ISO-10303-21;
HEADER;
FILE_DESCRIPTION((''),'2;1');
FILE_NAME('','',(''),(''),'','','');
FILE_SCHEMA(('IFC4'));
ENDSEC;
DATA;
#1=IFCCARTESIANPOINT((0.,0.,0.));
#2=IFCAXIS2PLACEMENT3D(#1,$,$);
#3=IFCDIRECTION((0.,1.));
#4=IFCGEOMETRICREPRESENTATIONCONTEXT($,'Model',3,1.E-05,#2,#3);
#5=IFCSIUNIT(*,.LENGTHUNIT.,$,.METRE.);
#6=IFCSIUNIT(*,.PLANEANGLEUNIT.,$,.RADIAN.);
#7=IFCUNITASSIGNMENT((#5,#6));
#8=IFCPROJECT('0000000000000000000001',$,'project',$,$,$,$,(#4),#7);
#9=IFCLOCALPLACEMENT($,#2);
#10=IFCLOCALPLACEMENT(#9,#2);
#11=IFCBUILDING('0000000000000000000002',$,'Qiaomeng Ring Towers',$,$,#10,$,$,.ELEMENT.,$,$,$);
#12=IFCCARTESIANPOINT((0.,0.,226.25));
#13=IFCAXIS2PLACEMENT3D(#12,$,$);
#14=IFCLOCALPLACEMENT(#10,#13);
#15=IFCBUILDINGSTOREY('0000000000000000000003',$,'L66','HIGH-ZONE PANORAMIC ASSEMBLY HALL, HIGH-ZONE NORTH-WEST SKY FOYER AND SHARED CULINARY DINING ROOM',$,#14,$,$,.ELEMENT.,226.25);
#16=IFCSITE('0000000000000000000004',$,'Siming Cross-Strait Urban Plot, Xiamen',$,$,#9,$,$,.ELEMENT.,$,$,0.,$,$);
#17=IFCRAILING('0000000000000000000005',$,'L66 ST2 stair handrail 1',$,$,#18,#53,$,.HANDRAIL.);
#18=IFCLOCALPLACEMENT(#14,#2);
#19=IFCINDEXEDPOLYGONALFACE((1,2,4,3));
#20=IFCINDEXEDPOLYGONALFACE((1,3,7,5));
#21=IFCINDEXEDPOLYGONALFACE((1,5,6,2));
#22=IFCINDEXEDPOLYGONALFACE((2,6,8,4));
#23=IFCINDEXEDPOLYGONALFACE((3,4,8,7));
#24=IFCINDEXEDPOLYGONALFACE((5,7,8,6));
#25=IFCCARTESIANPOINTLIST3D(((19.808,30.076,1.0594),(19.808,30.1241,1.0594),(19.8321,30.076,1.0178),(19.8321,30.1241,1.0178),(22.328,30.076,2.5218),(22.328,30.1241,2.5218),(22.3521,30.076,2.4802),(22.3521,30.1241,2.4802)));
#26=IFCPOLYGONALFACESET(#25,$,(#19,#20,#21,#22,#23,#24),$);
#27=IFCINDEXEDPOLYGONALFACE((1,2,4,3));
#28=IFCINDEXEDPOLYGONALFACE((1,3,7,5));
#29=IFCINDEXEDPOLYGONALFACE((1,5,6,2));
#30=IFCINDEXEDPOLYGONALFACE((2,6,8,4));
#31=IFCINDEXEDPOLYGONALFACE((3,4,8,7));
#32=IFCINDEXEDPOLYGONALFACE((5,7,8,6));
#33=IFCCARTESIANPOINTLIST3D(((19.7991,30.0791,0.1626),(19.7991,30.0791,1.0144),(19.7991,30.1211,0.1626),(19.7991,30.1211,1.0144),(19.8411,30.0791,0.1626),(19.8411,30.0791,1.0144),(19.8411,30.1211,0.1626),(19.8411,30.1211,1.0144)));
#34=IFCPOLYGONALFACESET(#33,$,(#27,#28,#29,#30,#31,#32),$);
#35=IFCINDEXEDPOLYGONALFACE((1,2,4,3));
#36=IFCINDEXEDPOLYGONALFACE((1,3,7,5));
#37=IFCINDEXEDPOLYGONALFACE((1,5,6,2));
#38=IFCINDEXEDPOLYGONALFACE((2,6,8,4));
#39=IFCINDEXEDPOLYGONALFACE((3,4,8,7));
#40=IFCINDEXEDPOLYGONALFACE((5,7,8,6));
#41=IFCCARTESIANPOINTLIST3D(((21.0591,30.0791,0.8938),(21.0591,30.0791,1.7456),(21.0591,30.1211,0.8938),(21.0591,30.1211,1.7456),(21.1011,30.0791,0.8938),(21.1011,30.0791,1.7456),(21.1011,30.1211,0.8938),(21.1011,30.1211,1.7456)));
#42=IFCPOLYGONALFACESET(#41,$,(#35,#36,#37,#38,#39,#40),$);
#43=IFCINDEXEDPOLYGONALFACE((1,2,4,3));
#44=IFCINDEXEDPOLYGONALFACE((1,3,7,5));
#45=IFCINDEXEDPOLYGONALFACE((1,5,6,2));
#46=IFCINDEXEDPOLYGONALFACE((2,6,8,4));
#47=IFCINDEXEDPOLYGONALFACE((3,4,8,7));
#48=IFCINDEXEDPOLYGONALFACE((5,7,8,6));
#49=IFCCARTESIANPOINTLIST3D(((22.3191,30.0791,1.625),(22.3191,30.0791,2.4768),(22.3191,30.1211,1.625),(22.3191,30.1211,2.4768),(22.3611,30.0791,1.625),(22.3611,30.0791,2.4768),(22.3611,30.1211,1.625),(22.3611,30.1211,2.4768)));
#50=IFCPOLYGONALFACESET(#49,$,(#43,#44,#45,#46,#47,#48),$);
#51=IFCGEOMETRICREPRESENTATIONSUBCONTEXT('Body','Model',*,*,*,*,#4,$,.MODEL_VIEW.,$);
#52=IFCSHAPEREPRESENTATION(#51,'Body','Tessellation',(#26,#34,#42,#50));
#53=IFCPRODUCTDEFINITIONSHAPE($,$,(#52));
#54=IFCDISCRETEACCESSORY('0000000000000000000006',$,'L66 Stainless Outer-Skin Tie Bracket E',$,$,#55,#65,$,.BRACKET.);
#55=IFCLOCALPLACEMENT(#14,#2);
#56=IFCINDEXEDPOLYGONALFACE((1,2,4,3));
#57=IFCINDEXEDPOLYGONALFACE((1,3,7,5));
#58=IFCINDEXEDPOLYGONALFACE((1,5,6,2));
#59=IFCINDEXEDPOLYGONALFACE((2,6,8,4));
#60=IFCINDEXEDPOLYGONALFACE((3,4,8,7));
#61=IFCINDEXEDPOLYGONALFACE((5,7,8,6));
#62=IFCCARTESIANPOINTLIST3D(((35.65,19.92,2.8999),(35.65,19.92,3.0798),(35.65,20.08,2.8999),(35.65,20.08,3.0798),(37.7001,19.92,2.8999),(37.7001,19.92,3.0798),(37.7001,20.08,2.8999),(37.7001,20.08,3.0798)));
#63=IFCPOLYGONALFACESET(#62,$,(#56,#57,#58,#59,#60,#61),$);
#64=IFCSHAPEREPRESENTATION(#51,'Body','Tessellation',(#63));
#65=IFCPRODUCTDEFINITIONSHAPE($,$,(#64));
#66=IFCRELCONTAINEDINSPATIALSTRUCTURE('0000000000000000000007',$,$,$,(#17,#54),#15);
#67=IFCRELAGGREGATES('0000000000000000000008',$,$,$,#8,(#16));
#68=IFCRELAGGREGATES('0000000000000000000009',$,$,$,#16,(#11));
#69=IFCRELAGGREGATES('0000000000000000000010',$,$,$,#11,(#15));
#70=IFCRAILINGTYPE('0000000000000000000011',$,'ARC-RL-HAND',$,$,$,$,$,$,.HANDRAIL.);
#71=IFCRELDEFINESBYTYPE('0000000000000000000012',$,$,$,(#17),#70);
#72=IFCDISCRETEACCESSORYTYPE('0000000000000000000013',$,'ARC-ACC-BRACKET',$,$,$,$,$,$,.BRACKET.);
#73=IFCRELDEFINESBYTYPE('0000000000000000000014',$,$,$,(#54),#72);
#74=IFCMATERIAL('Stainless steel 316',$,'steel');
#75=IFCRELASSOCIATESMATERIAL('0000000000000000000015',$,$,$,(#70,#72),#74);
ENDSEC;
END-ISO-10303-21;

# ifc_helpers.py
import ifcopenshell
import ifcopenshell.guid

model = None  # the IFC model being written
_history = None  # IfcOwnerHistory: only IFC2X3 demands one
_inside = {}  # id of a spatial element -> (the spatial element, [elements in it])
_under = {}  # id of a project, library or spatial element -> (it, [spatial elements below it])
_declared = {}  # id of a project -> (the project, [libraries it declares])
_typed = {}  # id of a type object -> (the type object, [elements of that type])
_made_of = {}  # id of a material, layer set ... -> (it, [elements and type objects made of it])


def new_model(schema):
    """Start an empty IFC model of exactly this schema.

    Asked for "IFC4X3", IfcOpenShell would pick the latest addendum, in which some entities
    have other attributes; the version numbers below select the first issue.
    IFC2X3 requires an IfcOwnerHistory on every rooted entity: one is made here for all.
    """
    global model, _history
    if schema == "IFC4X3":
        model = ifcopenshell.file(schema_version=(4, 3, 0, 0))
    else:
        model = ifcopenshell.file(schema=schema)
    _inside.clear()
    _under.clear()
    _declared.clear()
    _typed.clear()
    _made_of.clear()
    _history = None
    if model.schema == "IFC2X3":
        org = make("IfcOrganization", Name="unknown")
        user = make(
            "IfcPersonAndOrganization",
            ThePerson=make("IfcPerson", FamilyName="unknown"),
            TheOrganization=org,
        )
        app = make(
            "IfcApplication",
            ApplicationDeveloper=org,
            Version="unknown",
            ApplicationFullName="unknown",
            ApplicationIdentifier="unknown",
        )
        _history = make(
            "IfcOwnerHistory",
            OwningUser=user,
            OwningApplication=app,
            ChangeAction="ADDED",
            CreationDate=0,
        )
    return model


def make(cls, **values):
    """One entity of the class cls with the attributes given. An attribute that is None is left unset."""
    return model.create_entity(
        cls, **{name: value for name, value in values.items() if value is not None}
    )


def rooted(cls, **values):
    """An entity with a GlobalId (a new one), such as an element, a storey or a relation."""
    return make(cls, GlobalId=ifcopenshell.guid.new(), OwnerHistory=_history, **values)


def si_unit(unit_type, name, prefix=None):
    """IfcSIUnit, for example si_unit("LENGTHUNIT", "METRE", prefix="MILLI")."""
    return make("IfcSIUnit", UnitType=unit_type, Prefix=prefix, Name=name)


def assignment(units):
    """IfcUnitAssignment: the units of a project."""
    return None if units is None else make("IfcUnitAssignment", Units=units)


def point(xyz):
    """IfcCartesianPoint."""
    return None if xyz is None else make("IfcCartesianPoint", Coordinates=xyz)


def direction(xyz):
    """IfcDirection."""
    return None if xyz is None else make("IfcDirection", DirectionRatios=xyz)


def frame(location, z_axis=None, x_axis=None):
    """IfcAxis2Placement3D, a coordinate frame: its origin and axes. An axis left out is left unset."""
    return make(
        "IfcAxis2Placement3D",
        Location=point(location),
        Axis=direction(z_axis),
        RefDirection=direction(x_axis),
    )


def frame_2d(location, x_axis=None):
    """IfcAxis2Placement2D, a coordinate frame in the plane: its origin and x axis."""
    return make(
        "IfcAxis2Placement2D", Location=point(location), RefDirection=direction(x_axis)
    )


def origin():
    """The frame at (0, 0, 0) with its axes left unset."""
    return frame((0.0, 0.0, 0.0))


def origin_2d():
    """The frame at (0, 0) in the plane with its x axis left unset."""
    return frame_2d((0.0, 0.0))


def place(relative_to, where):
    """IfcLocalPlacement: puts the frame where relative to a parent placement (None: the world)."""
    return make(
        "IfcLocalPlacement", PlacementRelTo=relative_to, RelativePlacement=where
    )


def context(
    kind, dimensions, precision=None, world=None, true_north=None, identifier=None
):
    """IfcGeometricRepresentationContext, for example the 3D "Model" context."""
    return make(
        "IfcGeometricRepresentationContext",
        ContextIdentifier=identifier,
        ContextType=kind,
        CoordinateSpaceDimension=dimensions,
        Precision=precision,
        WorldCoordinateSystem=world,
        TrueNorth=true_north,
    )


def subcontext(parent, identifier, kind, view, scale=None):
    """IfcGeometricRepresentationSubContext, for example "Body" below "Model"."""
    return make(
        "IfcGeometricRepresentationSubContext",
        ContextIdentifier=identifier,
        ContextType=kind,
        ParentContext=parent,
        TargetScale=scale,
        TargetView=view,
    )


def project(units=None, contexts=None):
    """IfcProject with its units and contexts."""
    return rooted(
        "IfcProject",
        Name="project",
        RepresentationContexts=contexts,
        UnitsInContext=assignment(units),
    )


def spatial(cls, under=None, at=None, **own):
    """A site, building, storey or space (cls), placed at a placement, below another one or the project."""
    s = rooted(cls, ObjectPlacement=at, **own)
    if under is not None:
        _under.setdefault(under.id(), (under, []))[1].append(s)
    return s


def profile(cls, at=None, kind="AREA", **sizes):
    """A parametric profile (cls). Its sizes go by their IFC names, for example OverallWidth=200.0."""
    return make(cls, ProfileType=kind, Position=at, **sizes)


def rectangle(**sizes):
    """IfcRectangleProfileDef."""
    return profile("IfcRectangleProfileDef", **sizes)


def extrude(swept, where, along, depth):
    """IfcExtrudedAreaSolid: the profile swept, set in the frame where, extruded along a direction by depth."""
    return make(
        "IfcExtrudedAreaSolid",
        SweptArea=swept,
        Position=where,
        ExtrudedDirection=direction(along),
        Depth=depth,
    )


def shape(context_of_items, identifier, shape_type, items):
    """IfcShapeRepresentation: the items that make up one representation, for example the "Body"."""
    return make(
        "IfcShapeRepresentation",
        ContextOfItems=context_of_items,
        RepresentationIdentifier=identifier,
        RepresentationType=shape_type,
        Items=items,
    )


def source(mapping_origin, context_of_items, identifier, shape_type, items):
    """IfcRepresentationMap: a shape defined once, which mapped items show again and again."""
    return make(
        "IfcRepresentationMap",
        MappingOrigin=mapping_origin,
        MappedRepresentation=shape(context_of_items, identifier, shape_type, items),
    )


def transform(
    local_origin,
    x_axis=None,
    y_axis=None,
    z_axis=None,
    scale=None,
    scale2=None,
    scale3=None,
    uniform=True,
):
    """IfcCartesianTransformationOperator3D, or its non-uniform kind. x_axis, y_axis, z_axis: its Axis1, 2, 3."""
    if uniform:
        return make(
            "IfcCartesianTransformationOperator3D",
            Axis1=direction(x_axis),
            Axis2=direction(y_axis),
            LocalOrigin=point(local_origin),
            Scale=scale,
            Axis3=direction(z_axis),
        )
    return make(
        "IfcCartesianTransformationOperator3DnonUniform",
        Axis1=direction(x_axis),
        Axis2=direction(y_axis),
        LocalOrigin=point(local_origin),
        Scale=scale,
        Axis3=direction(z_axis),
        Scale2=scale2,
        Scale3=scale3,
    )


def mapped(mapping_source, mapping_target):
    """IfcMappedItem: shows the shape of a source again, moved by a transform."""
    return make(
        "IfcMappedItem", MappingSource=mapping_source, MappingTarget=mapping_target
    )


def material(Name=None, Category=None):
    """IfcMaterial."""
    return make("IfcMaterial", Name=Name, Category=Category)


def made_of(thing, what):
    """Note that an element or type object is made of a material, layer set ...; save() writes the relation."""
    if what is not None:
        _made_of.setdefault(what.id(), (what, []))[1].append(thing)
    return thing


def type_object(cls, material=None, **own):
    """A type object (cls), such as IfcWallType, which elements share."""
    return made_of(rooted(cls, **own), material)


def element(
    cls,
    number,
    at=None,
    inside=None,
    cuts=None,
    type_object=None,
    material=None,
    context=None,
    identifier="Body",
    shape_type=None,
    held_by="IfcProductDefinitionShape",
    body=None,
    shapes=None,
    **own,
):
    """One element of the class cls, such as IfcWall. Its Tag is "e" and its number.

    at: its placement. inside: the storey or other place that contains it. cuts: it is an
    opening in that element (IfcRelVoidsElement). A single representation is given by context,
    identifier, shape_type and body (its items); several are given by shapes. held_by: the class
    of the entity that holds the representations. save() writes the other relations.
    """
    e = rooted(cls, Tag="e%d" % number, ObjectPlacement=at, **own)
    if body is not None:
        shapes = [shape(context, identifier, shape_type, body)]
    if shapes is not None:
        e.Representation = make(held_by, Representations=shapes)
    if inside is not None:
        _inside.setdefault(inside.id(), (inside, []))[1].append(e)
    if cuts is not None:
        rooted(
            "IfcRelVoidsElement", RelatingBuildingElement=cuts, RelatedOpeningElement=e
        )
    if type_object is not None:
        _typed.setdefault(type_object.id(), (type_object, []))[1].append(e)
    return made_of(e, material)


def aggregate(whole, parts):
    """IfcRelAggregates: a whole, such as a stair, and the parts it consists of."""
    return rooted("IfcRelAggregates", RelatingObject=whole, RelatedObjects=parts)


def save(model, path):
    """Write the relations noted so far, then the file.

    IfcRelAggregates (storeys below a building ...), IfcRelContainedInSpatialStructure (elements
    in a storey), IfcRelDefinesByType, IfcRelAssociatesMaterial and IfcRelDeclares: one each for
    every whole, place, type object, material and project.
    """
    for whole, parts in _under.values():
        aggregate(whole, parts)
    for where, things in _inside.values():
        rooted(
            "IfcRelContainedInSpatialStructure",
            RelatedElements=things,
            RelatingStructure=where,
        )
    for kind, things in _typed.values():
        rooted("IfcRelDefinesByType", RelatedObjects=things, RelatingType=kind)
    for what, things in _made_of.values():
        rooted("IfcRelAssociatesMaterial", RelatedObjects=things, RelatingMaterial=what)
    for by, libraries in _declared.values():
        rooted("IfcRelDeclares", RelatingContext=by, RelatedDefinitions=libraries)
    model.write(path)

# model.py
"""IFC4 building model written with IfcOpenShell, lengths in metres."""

from ifc_helpers import new_model, si_unit, direction, frame, origin, origin_2d, place, context, subcontext, project, spatial, rectangle, extrude, source, transform, mapped, material, type_object, element, save


model = new_model("IFC4")

# Units and contexts
model_context = context("Model", 3, precision=1e-05, world=origin(), true_north=direction((0.0, 1.0)))
body_context = subcontext(model_context, "Body", "Model", "MODEL_VIEW")
ifc_project = project(units=[si_unit("LENGTHUNIT", "METRE"), si_unit("PLANEANGLEUNIT", "RADIAN")], contexts=[model_context])

# Site, building, storey
site_placement = place(None, origin())
site = spatial("IfcSite", under=ifc_project, at=site_placement, Name="Siming Cross-Strait Urban Plot, Xiamen", CompositionType="ELEMENT", RefElevation=0.0)
building_placement = place(site_placement, origin())
building = spatial("IfcBuilding", under=site, at=building_placement, Name="Qiaomeng Ring Towers", CompositionType="ELEMENT")
storey_placement = place(building_placement, frame((0.0, 0.0, 226.25)))
storey = spatial("IfcBuildingStorey", under=building, at=storey_placement, Name="L66", Description="HIGH-ZONE PANORAMIC ASSEMBLY HALL, HIGH-ZONE NORTH-WEST SKY FOYER AND SHARED CULINARY DINING ROOM", CompositionType="ELEMENT", Elevation=226.25)

# Shared definitions
ifc_material_1 = material(Name="Stainless steel 316", Category="steel")

# Railing
railing_type_1 = type_object("IfcRailingType", Name="ARC-RL-HAND", PredefinedType="HANDRAIL", material=ifc_material_1)
railing_1_placement = place(storey_placement, frame((19.8201, 30.1001, 0.1626)))
element("IfcRailing", 1, at=railing_1_placement, inside=storey, type_object=railing_type_1, Name="L66 ST2 stair handrail 1", PredefinedType="HANDRAIL", context=body_context, shape_type="SweptSolid", body=[
    extrude(rectangle(XDim=0.0481, YDim=0.0481, at=origin_2d()), frame((0.0, 0.0, 0.876), z_axis=(0.864913, 0.0, 0.501921), x_axis=(0.0, 1.0, 0.0)), (0.0, 0.0, 1.0), 2.9136),
    extrude(rectangle(XDim=0.042, YDim=0.042, at=origin_2d()), origin(), (0.0, 0.0, 1.0), 0.8518),
    extrude(rectangle(XDim=0.042, YDim=0.042, at=origin_2d()), frame((1.26, 0.0, 0.7312)), (0.0, 0.0, 1.0), 0.8518),
    extrude(rectangle(XDim=0.042, YDim=0.042, at=origin_2d()), frame((2.52, 0.0, 1.4624)), (0.0, 0.0, 1.0), 0.8518),
])

# Discrete accessory
discrete_accessory_type = type_object("IfcDiscreteAccessoryType", Name="ARC-ACC-BRACKET", PredefinedType="BRACKET", material=ifc_material_1)
shared_shape_1 = source(origin(), body_context, "Body", "SweptSolid", [
    extrude(rectangle(XDim=2.05, YDim=0.1599, at=origin_2d()), origin(), (0.0, 0.0, 1.0), 0.1799),
])
discrete_accessory_placement = place(storey_placement, frame((36.675, 20.0, 2.8999), z_axis=(0.0, 0.0, 1.0), x_axis=(1.0, 0.0, 0.0)))
element("IfcDiscreteAccessory", 2, at=discrete_accessory_placement, inside=storey, type_object=discrete_accessory_type, Name="L66 Stainless Outer-Skin Tie Bracket E", PredefinedType="BRACKET", context=body_context, shape_type="MappedRepresentation", body=[
    mapped(shared_shape_1, transform((0.0, 0.0, 0.0), x_axis=(1.0, 0.0, 0.0), y_axis=(0.0, 1.0, 0.0), z_axis=(0.0, 0.0, 1.0), scale=1.0)),
])

save(model, "model.ifc")
